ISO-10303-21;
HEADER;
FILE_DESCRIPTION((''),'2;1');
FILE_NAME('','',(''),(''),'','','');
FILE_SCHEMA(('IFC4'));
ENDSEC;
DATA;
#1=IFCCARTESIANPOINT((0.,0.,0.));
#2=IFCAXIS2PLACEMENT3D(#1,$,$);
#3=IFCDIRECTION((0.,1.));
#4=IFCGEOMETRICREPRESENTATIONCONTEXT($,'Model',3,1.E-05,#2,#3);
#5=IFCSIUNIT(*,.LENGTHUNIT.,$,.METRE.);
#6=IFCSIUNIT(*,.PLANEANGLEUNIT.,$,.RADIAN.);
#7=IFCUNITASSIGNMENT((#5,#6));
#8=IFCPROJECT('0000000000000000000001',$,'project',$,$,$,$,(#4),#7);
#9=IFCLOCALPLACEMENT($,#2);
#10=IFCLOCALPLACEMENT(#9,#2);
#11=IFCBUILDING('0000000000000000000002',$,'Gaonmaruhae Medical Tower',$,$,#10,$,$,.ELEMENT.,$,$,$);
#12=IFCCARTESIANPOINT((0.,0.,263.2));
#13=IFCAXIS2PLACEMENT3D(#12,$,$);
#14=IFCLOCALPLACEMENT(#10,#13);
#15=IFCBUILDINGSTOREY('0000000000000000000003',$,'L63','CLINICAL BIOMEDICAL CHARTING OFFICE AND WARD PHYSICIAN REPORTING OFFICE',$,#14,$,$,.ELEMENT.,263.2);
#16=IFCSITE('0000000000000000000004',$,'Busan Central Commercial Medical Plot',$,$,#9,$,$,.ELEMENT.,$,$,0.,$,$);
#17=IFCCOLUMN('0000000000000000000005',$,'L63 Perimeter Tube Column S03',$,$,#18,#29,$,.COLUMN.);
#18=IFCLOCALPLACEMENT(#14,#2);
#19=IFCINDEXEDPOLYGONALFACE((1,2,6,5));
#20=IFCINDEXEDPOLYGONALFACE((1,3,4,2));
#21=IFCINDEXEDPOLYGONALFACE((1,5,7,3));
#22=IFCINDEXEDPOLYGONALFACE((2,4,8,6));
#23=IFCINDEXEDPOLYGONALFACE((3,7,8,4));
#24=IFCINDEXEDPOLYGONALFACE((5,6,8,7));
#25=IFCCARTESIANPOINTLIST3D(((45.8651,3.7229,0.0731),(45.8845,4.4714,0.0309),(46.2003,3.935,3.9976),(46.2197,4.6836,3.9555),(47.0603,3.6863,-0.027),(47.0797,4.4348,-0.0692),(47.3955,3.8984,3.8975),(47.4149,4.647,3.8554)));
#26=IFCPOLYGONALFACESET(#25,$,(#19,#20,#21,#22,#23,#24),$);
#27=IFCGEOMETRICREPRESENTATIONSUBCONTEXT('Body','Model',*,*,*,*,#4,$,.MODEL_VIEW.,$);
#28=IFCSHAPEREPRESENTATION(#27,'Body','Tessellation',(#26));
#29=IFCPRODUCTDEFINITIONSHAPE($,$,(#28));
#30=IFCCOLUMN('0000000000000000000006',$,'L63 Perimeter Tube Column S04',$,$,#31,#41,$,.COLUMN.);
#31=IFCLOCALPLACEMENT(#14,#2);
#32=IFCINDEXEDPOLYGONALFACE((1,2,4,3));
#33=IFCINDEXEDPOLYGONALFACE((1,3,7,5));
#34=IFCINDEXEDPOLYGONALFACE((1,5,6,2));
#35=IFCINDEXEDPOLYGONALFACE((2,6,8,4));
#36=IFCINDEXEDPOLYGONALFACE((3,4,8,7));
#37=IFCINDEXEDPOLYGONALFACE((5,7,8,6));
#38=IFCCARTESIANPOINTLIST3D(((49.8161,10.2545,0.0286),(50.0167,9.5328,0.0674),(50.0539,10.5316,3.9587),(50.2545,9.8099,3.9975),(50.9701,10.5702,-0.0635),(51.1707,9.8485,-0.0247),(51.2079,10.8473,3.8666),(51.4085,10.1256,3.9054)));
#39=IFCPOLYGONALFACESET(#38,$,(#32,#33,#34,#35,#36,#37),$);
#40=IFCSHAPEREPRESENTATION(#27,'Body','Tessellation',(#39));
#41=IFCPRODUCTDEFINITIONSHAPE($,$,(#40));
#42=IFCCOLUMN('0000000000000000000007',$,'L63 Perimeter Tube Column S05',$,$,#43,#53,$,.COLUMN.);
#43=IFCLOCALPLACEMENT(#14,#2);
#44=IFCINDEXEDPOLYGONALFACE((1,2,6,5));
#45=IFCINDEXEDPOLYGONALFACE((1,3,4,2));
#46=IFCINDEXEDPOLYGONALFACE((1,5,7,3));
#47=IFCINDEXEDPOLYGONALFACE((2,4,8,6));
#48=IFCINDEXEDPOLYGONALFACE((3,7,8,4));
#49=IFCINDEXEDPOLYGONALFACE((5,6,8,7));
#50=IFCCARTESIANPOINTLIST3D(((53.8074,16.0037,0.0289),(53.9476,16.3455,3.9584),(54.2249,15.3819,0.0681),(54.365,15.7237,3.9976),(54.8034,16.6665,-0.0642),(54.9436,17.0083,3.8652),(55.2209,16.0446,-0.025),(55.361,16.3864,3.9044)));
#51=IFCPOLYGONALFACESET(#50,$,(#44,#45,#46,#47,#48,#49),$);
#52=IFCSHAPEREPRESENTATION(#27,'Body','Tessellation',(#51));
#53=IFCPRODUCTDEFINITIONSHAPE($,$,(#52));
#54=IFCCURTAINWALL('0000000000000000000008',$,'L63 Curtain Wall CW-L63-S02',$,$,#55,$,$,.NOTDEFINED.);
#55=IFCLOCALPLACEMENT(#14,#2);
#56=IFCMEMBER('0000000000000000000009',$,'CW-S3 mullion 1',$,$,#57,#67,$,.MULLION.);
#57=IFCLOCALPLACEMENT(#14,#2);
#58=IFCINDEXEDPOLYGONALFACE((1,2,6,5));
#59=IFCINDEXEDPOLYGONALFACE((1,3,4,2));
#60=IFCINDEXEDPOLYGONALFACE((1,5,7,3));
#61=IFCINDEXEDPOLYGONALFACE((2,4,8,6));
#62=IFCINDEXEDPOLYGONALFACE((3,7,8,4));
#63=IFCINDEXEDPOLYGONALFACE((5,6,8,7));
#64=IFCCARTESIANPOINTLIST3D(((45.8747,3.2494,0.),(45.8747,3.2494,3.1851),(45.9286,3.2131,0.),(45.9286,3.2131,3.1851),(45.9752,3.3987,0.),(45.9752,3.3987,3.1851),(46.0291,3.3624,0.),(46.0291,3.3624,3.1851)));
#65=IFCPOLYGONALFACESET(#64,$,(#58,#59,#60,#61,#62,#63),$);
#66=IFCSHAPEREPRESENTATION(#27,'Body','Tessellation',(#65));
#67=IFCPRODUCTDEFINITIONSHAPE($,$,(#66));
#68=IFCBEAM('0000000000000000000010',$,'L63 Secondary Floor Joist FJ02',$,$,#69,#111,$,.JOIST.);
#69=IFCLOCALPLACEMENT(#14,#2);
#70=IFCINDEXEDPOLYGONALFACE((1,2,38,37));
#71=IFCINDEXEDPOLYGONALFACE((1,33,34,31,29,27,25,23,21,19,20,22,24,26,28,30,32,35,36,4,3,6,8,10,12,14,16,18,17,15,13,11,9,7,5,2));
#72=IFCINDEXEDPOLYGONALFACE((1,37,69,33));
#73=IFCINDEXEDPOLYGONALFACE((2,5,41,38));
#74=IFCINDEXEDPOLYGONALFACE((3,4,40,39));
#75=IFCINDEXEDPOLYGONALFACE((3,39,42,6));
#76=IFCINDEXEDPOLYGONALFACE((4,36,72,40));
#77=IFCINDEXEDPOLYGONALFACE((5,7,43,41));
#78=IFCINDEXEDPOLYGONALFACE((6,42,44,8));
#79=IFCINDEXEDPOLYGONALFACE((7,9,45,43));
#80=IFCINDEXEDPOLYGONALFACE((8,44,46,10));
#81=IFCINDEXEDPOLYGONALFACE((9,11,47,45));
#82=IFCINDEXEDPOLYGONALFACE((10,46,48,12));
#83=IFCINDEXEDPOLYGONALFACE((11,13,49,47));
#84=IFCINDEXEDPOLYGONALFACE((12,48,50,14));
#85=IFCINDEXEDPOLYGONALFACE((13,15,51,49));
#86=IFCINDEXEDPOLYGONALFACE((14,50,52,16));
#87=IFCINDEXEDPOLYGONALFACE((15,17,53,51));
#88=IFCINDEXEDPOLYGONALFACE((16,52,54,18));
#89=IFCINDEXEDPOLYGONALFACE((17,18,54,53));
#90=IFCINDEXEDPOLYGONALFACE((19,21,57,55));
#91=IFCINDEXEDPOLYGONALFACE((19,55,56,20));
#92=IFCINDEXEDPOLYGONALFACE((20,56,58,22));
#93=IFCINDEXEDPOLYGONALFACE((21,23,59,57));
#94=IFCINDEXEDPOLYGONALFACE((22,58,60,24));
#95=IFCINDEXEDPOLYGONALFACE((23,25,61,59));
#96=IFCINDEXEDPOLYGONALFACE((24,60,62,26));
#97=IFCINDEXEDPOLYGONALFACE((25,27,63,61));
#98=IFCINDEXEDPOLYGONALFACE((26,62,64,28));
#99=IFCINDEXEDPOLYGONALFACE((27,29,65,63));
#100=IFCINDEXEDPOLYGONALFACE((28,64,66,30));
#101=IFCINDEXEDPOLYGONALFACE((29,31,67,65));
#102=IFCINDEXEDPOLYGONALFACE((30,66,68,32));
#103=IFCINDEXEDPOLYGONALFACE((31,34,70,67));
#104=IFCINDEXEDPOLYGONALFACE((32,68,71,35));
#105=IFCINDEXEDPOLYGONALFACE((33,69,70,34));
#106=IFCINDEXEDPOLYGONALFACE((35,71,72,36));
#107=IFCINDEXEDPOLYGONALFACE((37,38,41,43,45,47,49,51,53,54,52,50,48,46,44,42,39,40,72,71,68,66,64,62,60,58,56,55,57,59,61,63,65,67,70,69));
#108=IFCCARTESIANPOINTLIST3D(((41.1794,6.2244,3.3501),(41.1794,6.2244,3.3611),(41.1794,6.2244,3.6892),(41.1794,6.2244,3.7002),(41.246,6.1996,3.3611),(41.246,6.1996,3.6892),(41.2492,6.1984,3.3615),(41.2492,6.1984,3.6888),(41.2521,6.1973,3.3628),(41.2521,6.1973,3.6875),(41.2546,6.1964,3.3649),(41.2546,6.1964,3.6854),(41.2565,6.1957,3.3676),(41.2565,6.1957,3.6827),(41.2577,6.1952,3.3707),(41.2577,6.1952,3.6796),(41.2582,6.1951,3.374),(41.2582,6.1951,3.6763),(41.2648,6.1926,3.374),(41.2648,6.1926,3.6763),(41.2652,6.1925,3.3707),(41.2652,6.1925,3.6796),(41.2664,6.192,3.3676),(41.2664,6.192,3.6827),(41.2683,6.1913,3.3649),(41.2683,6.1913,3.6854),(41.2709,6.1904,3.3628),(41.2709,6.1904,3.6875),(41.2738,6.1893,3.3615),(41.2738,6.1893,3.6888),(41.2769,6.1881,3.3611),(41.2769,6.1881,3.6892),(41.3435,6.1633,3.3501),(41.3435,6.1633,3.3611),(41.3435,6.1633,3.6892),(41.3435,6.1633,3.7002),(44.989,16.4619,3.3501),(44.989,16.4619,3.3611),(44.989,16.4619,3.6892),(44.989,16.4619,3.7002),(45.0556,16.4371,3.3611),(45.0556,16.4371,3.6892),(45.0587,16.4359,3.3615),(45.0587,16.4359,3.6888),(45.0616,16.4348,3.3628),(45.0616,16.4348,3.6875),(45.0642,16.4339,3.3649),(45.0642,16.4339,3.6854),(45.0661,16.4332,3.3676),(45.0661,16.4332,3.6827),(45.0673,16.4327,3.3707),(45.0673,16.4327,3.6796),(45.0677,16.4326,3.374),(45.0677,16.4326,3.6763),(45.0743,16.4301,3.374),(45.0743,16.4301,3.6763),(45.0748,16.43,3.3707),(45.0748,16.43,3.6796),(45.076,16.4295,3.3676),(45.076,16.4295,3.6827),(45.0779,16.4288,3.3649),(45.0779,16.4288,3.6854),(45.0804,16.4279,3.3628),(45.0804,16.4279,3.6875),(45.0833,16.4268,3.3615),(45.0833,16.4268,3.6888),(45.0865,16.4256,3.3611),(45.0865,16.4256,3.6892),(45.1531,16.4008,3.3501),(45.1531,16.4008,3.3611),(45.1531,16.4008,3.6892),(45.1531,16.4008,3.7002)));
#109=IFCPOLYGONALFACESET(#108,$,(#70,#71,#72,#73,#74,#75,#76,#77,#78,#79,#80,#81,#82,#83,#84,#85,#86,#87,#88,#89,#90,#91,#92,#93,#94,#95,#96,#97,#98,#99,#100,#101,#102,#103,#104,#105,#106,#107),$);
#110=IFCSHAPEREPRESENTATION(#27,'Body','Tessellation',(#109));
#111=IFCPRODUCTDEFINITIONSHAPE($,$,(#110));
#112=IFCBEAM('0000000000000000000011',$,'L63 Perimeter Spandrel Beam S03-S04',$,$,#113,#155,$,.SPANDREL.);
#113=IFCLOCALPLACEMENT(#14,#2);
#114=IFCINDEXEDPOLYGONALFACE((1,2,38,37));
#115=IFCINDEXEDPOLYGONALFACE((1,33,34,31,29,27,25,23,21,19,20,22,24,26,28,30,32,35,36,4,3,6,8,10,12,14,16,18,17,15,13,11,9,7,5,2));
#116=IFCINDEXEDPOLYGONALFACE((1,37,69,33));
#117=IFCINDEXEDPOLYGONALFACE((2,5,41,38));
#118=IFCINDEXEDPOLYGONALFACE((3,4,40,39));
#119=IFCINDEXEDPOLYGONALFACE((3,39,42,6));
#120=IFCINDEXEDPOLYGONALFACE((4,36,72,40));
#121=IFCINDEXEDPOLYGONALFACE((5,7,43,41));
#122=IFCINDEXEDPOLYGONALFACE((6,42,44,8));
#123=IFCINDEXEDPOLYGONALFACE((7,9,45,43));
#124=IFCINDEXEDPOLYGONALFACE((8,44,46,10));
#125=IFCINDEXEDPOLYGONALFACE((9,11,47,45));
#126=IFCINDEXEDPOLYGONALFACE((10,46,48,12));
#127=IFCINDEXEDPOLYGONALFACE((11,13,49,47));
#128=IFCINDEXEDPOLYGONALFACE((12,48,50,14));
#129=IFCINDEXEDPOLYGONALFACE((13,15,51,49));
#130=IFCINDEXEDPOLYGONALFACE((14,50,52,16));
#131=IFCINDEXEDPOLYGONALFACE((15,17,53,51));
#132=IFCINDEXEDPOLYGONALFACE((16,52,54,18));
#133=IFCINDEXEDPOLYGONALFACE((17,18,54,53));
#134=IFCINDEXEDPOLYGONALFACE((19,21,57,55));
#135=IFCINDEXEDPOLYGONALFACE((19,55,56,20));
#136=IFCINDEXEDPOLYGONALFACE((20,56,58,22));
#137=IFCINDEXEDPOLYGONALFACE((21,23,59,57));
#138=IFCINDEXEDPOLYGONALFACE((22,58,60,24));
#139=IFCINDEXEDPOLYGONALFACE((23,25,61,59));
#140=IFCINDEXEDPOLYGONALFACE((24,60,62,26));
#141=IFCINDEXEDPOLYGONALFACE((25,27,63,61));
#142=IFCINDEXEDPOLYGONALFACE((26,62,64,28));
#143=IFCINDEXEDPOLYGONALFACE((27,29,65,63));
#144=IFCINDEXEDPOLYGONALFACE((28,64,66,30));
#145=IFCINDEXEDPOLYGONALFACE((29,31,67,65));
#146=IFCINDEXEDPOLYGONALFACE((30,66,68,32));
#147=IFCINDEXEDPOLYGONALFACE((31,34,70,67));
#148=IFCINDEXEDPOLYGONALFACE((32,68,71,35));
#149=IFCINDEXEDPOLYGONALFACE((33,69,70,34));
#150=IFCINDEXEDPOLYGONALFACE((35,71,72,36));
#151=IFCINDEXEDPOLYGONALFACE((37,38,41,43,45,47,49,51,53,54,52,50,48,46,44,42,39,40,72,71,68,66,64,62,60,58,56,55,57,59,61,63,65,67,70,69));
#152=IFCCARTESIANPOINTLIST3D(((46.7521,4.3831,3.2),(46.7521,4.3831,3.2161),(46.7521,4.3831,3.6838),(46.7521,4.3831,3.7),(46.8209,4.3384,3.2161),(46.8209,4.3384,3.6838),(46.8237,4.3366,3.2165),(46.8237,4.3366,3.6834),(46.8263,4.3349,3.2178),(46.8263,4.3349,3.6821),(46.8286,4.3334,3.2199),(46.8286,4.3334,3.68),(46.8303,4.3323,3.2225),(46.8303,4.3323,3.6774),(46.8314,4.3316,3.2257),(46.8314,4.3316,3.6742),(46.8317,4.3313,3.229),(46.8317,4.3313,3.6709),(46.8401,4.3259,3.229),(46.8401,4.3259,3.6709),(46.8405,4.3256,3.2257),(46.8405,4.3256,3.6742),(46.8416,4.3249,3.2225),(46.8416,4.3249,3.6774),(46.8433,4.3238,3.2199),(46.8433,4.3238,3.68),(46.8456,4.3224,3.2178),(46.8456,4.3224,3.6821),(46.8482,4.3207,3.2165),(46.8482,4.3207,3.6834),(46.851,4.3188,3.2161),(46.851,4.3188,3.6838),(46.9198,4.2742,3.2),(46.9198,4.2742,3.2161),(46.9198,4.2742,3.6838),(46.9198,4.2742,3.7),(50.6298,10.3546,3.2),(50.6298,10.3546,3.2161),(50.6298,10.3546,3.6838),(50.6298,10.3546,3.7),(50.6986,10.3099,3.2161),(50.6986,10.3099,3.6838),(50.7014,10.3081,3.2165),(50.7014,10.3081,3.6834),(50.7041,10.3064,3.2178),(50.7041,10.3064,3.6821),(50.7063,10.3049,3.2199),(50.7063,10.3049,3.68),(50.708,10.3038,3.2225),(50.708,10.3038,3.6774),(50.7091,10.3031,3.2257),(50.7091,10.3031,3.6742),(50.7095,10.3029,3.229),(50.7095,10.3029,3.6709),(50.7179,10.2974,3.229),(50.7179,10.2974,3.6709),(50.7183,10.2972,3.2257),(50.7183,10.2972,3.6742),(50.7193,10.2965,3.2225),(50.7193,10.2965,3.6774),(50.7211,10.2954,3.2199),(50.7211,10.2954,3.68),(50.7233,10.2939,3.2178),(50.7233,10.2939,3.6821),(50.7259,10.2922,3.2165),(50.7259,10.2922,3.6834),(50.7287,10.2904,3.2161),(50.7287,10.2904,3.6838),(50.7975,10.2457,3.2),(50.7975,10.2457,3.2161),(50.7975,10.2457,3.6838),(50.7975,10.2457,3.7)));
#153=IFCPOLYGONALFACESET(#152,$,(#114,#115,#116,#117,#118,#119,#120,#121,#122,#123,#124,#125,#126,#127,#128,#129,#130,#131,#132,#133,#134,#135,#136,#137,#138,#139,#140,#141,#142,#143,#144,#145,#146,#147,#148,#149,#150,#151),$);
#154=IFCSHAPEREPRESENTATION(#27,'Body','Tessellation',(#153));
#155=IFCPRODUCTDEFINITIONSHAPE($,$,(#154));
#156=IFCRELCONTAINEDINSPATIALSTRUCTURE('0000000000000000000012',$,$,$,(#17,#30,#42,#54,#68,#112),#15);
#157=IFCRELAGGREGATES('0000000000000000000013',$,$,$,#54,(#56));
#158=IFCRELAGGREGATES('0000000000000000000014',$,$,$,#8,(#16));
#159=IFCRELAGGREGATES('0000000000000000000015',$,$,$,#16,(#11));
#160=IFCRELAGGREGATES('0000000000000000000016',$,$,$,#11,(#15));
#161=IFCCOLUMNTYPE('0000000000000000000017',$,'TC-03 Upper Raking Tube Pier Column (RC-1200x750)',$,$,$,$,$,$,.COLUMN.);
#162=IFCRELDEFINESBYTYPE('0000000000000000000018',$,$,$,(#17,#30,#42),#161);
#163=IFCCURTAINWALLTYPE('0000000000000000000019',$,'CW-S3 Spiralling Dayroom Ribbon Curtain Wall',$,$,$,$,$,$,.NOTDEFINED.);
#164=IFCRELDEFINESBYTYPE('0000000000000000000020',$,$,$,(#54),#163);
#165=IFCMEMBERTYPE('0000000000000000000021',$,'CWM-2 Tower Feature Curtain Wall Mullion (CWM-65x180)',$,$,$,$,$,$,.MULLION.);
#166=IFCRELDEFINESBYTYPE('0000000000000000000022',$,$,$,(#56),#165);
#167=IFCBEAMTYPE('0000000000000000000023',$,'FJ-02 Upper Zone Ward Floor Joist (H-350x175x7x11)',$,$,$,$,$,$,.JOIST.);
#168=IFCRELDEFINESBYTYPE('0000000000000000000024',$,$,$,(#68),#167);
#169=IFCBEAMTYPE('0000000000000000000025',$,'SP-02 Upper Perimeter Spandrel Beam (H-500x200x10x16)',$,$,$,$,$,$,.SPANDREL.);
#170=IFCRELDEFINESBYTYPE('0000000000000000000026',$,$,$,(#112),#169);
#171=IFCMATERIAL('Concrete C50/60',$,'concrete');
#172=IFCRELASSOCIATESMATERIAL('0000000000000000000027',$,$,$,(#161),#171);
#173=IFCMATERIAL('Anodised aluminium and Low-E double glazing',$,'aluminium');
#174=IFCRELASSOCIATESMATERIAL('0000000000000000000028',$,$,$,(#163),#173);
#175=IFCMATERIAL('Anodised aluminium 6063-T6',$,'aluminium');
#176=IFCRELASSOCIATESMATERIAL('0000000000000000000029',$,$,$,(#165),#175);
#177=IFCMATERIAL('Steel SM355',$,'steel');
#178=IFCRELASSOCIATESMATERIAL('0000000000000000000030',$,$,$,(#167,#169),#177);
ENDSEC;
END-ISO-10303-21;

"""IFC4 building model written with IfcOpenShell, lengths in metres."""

from ifc_helpers import new_model, si_unit, direction, frame, origin, origin_2d, place, context, subcontext, project, spatial, rectangle, i_section, extrude, material, material_profile, profile_set, type_object, element, aggregate, save


model = new_model("IFC4")

# Units and contexts
model_context = context("Model", 3, precision=1e-05, world=origin(), true_north=direction((0.0, 1.0)))
body_context = subcontext(model_context, "Body", "Model", "MODEL_VIEW")
ifc_project = project(units=[si_unit("LENGTHUNIT", "METRE"), si_unit("PLANEANGLEUNIT", "RADIAN")], contexts=[model_context])

# Site, building, storey
site_placement = place(None, origin())
site = spatial("IfcSite", under=ifc_project, at=site_placement, Name="Busan Central Commercial Medical Plot", CompositionType="ELEMENT", RefElevation=0.0)
building_placement = place(site_placement, origin())
building = spatial("IfcBuilding", under=site, at=building_placement, Name="Gaonmaruhae Medical Tower", CompositionType="ELEMENT")
storey_placement = place(building_placement, frame((0.0, 0.0, 263.2)))
storey = spatial("IfcBuildingStorey", under=building, at=storey_placement, Name="L63", Description="CLINICAL BIOMEDICAL CHARTING OFFICE AND WARD PHYSICIAN REPORTING OFFICE", CompositionType="ELEMENT", Elevation=263.2)

# Columns
ifc_material_1 = material(Name="Concrete C50/60", Category="concrete")
ifc_material_profile_1 = material_profile(ifc_material_1, rectangle(XDim=1.2, YDim=0.75, at=origin_2d()), Name="RC-1200x750")
ifc_profile_set_1 = profile_set([ifc_material_profile_1], Name="Concrete C50/60")
column_type = type_object("IfcColumnType", Name="TC-03 Upper Raking Tube Pier Column (RC-1200x750)", PredefinedType="COLUMN", material=ifc_profile_set_1)
column_1_placement = place(storey_placement, frame((46.4724, 4.0789, 0.002), z_axis=(0.084979, 0.053785, 0.99493), x_axis=(-0.996047, 0.03051, 0.083425)))
element("IfcColumn", 1, at=column_1_placement, inside=storey, type_object=column_type, Name="L63 Perimeter Tube Column S03", PredefinedType="COLUMN", context=body_context, shape_type="SweptSolid", body=[
    extrude(rectangle(XDim=1.2, YDim=0.75, at=origin_2d()), origin(), (0.0, 0.0, 1.0), 3.9446),
])
column_2_placement = place(storey_placement, frame((50.4934, 10.0515, 0.002), z_axis=(0.060245, 0.070203, 0.995712), x_axis=(-0.961707, -0.263117, 0.076739)))
element("IfcColumn", 2, at=column_2_placement, inside=storey, type_object=column_type, Name="L63 Perimeter Tube Column S04", PredefinedType="COLUMN", context=body_context, shape_type="SweptSolid", body=[
    extrude(rectangle(XDim=1.2, YDim=0.75, at=origin_2d()), origin(), (0.0, 0.0, 1.0), 3.947),
])
column_3_placement = place(storey_placement, frame((54.5142, 16.0242, 0.002), z_axis=(0.035507, 0.086602, 0.99561), x_axis=(-0.830026, -0.552293, 0.077642)))
element("IfcColumn", 3, at=column_3_placement, inside=storey, type_object=column_type, Name="L63 Perimeter Tube Column S05", PredefinedType="COLUMN", context=body_context, shape_type="SweptSolid", body=[
    extrude(rectangle(XDim=1.2, YDim=0.75, at=origin_2d()), origin(), (0.0, 0.0, 1.0), 3.9468),
])

# Curtain wall, member
ifc_material_2 = material(Name="Anodised aluminium and Low-E double glazing", Category="aluminium")
curtain_wall_type = type_object("IfcCurtainWallType", Name="CW-S3 Spiralling Dayroom Ribbon Curtain Wall", PredefinedType="NOTDEFINED", material=ifc_material_2)
curtain_wall_placement = place(storey_placement, origin())
curtain_wall = element("IfcCurtainWall", 4, at=curtain_wall_placement, inside=storey, type_object=curtain_wall_type, Name="L63 Curtain Wall CW-L63-S02", PredefinedType="NOTDEFINED")
ifc_material_3 = material(Name="Anodised aluminium 6063-T6", Category="aluminium")
ifc_material_profile_2 = material_profile(ifc_material_3, rectangle(XDim=0.0649, YDim=0.1799, at=origin_2d()), Name="CWM-65x180")
ifc_profile_set_2 = profile_set([ifc_material_profile_2], Name="Anodised aluminium 6063-T6")
member_type = type_object("IfcMemberType", Name="CWM-2 Tower Feature Curtain Wall Mullion (CWM-65x180)", PredefinedType="MULLION", material=ifc_profile_set_2)
member_placement = place(storey_placement, frame((45.9519, 3.3059, 0.0), z_axis=(0.0, 0.0, 1.0), x_axis=(0.829531, -0.558461, 0.0)))
member = element("IfcMember", 5, at=member_placement, type_object=member_type, Name="CW-S3 mullion 1", PredefinedType="MULLION", context=body_context, shape_type="SweptSolid", body=[
    extrude(rectangle(XDim=0.0649, YDim=0.1799, at=origin_2d()), origin(), (0.0, 0.0, 1.0), 3.1851),
])
aggregate(curtain_wall, [member])

# Beams
ifc_material_4 = material(Name="Steel SM355", Category="steel")
ifc_material_profile_3 = material_profile(ifc_material_4, i_section(OverallWidth=0.175, OverallDepth=0.3501, WebThickness=0.0071, FlangeThickness=0.011, FilletRadius=0.0129, at=origin_2d()), Name="H-350x175x7x11")
ifc_profile_set_3 = profile_set([ifc_material_profile_3], Name="Steel SM355")
beam_type_1 = type_object("IfcBeamType", Name="FJ-02 Upper Zone Ward Floor Joist (H-350x175x7x11)", PredefinedType="JOIST", material=ifc_profile_set_3)
beam_1_placement = place(storey_placement, frame((41.2615, 6.1938, 3.5251), z_axis=(0.348754, 0.937214, 0.0), x_axis=(-0.937214, 0.348754, 0.0)))
element("IfcBeam", 6, at=beam_1_placement, inside=storey, type_object=beam_type_1, Name="L63 Secondary Floor Joist FJ02", PredefinedType="JOIST", context=body_context, shape_type="SweptSolid", body=[
    extrude(i_section(OverallWidth=0.175, OverallDepth=0.3501, WebThickness=0.0071, FlangeThickness=0.011, FilletRadius=0.0129, at=origin_2d()), origin(), (0.0, 0.0, 1.0), 10.9233),
])
ifc_material_profile_4 = material_profile(ifc_material_4, i_section(OverallWidth=0.2, OverallDepth=0.5, WebThickness=0.01, FlangeThickness=0.0161, FilletRadius=0.0129, at=origin_2d()), Name="H-500x200x10x16")
ifc_profile_set_4 = profile_set([ifc_material_profile_4], Name="Steel SM355")
beam_type_2 = type_object("IfcBeamType", Name="SP-02 Upper Perimeter Spandrel Beam (H-500x200x10x16)", PredefinedType="SPANDREL", material=ifc_profile_set_4)
for number, where, z_axis, x_axis, name in (
    (7, (46.8359, 4.3286, 3.45), (0.544618, 0.838684, 0.0), (-0.838684, 0.544618, 0.0), "L63 Perimeter Spandrel Beam S03-S04"),
):
    element("IfcBeam", number, at=place(storey_placement, frame(where, z_axis=z_axis, x_axis=x_axis)), inside=storey, type_object=beam_type_2, Name=name, PredefinedType="SPANDREL", context=body_context, shape_type="SweptSolid", body=[
        extrude(i_section(OverallWidth=0.2, OverallDepth=0.5, WebThickness=0.01, FlangeThickness=0.0161, FilletRadius=0.0129, at=origin_2d()), origin(), (0.0, 0.0, 1.0), 7.1201),
    ])

save(model, "model.ifc")
